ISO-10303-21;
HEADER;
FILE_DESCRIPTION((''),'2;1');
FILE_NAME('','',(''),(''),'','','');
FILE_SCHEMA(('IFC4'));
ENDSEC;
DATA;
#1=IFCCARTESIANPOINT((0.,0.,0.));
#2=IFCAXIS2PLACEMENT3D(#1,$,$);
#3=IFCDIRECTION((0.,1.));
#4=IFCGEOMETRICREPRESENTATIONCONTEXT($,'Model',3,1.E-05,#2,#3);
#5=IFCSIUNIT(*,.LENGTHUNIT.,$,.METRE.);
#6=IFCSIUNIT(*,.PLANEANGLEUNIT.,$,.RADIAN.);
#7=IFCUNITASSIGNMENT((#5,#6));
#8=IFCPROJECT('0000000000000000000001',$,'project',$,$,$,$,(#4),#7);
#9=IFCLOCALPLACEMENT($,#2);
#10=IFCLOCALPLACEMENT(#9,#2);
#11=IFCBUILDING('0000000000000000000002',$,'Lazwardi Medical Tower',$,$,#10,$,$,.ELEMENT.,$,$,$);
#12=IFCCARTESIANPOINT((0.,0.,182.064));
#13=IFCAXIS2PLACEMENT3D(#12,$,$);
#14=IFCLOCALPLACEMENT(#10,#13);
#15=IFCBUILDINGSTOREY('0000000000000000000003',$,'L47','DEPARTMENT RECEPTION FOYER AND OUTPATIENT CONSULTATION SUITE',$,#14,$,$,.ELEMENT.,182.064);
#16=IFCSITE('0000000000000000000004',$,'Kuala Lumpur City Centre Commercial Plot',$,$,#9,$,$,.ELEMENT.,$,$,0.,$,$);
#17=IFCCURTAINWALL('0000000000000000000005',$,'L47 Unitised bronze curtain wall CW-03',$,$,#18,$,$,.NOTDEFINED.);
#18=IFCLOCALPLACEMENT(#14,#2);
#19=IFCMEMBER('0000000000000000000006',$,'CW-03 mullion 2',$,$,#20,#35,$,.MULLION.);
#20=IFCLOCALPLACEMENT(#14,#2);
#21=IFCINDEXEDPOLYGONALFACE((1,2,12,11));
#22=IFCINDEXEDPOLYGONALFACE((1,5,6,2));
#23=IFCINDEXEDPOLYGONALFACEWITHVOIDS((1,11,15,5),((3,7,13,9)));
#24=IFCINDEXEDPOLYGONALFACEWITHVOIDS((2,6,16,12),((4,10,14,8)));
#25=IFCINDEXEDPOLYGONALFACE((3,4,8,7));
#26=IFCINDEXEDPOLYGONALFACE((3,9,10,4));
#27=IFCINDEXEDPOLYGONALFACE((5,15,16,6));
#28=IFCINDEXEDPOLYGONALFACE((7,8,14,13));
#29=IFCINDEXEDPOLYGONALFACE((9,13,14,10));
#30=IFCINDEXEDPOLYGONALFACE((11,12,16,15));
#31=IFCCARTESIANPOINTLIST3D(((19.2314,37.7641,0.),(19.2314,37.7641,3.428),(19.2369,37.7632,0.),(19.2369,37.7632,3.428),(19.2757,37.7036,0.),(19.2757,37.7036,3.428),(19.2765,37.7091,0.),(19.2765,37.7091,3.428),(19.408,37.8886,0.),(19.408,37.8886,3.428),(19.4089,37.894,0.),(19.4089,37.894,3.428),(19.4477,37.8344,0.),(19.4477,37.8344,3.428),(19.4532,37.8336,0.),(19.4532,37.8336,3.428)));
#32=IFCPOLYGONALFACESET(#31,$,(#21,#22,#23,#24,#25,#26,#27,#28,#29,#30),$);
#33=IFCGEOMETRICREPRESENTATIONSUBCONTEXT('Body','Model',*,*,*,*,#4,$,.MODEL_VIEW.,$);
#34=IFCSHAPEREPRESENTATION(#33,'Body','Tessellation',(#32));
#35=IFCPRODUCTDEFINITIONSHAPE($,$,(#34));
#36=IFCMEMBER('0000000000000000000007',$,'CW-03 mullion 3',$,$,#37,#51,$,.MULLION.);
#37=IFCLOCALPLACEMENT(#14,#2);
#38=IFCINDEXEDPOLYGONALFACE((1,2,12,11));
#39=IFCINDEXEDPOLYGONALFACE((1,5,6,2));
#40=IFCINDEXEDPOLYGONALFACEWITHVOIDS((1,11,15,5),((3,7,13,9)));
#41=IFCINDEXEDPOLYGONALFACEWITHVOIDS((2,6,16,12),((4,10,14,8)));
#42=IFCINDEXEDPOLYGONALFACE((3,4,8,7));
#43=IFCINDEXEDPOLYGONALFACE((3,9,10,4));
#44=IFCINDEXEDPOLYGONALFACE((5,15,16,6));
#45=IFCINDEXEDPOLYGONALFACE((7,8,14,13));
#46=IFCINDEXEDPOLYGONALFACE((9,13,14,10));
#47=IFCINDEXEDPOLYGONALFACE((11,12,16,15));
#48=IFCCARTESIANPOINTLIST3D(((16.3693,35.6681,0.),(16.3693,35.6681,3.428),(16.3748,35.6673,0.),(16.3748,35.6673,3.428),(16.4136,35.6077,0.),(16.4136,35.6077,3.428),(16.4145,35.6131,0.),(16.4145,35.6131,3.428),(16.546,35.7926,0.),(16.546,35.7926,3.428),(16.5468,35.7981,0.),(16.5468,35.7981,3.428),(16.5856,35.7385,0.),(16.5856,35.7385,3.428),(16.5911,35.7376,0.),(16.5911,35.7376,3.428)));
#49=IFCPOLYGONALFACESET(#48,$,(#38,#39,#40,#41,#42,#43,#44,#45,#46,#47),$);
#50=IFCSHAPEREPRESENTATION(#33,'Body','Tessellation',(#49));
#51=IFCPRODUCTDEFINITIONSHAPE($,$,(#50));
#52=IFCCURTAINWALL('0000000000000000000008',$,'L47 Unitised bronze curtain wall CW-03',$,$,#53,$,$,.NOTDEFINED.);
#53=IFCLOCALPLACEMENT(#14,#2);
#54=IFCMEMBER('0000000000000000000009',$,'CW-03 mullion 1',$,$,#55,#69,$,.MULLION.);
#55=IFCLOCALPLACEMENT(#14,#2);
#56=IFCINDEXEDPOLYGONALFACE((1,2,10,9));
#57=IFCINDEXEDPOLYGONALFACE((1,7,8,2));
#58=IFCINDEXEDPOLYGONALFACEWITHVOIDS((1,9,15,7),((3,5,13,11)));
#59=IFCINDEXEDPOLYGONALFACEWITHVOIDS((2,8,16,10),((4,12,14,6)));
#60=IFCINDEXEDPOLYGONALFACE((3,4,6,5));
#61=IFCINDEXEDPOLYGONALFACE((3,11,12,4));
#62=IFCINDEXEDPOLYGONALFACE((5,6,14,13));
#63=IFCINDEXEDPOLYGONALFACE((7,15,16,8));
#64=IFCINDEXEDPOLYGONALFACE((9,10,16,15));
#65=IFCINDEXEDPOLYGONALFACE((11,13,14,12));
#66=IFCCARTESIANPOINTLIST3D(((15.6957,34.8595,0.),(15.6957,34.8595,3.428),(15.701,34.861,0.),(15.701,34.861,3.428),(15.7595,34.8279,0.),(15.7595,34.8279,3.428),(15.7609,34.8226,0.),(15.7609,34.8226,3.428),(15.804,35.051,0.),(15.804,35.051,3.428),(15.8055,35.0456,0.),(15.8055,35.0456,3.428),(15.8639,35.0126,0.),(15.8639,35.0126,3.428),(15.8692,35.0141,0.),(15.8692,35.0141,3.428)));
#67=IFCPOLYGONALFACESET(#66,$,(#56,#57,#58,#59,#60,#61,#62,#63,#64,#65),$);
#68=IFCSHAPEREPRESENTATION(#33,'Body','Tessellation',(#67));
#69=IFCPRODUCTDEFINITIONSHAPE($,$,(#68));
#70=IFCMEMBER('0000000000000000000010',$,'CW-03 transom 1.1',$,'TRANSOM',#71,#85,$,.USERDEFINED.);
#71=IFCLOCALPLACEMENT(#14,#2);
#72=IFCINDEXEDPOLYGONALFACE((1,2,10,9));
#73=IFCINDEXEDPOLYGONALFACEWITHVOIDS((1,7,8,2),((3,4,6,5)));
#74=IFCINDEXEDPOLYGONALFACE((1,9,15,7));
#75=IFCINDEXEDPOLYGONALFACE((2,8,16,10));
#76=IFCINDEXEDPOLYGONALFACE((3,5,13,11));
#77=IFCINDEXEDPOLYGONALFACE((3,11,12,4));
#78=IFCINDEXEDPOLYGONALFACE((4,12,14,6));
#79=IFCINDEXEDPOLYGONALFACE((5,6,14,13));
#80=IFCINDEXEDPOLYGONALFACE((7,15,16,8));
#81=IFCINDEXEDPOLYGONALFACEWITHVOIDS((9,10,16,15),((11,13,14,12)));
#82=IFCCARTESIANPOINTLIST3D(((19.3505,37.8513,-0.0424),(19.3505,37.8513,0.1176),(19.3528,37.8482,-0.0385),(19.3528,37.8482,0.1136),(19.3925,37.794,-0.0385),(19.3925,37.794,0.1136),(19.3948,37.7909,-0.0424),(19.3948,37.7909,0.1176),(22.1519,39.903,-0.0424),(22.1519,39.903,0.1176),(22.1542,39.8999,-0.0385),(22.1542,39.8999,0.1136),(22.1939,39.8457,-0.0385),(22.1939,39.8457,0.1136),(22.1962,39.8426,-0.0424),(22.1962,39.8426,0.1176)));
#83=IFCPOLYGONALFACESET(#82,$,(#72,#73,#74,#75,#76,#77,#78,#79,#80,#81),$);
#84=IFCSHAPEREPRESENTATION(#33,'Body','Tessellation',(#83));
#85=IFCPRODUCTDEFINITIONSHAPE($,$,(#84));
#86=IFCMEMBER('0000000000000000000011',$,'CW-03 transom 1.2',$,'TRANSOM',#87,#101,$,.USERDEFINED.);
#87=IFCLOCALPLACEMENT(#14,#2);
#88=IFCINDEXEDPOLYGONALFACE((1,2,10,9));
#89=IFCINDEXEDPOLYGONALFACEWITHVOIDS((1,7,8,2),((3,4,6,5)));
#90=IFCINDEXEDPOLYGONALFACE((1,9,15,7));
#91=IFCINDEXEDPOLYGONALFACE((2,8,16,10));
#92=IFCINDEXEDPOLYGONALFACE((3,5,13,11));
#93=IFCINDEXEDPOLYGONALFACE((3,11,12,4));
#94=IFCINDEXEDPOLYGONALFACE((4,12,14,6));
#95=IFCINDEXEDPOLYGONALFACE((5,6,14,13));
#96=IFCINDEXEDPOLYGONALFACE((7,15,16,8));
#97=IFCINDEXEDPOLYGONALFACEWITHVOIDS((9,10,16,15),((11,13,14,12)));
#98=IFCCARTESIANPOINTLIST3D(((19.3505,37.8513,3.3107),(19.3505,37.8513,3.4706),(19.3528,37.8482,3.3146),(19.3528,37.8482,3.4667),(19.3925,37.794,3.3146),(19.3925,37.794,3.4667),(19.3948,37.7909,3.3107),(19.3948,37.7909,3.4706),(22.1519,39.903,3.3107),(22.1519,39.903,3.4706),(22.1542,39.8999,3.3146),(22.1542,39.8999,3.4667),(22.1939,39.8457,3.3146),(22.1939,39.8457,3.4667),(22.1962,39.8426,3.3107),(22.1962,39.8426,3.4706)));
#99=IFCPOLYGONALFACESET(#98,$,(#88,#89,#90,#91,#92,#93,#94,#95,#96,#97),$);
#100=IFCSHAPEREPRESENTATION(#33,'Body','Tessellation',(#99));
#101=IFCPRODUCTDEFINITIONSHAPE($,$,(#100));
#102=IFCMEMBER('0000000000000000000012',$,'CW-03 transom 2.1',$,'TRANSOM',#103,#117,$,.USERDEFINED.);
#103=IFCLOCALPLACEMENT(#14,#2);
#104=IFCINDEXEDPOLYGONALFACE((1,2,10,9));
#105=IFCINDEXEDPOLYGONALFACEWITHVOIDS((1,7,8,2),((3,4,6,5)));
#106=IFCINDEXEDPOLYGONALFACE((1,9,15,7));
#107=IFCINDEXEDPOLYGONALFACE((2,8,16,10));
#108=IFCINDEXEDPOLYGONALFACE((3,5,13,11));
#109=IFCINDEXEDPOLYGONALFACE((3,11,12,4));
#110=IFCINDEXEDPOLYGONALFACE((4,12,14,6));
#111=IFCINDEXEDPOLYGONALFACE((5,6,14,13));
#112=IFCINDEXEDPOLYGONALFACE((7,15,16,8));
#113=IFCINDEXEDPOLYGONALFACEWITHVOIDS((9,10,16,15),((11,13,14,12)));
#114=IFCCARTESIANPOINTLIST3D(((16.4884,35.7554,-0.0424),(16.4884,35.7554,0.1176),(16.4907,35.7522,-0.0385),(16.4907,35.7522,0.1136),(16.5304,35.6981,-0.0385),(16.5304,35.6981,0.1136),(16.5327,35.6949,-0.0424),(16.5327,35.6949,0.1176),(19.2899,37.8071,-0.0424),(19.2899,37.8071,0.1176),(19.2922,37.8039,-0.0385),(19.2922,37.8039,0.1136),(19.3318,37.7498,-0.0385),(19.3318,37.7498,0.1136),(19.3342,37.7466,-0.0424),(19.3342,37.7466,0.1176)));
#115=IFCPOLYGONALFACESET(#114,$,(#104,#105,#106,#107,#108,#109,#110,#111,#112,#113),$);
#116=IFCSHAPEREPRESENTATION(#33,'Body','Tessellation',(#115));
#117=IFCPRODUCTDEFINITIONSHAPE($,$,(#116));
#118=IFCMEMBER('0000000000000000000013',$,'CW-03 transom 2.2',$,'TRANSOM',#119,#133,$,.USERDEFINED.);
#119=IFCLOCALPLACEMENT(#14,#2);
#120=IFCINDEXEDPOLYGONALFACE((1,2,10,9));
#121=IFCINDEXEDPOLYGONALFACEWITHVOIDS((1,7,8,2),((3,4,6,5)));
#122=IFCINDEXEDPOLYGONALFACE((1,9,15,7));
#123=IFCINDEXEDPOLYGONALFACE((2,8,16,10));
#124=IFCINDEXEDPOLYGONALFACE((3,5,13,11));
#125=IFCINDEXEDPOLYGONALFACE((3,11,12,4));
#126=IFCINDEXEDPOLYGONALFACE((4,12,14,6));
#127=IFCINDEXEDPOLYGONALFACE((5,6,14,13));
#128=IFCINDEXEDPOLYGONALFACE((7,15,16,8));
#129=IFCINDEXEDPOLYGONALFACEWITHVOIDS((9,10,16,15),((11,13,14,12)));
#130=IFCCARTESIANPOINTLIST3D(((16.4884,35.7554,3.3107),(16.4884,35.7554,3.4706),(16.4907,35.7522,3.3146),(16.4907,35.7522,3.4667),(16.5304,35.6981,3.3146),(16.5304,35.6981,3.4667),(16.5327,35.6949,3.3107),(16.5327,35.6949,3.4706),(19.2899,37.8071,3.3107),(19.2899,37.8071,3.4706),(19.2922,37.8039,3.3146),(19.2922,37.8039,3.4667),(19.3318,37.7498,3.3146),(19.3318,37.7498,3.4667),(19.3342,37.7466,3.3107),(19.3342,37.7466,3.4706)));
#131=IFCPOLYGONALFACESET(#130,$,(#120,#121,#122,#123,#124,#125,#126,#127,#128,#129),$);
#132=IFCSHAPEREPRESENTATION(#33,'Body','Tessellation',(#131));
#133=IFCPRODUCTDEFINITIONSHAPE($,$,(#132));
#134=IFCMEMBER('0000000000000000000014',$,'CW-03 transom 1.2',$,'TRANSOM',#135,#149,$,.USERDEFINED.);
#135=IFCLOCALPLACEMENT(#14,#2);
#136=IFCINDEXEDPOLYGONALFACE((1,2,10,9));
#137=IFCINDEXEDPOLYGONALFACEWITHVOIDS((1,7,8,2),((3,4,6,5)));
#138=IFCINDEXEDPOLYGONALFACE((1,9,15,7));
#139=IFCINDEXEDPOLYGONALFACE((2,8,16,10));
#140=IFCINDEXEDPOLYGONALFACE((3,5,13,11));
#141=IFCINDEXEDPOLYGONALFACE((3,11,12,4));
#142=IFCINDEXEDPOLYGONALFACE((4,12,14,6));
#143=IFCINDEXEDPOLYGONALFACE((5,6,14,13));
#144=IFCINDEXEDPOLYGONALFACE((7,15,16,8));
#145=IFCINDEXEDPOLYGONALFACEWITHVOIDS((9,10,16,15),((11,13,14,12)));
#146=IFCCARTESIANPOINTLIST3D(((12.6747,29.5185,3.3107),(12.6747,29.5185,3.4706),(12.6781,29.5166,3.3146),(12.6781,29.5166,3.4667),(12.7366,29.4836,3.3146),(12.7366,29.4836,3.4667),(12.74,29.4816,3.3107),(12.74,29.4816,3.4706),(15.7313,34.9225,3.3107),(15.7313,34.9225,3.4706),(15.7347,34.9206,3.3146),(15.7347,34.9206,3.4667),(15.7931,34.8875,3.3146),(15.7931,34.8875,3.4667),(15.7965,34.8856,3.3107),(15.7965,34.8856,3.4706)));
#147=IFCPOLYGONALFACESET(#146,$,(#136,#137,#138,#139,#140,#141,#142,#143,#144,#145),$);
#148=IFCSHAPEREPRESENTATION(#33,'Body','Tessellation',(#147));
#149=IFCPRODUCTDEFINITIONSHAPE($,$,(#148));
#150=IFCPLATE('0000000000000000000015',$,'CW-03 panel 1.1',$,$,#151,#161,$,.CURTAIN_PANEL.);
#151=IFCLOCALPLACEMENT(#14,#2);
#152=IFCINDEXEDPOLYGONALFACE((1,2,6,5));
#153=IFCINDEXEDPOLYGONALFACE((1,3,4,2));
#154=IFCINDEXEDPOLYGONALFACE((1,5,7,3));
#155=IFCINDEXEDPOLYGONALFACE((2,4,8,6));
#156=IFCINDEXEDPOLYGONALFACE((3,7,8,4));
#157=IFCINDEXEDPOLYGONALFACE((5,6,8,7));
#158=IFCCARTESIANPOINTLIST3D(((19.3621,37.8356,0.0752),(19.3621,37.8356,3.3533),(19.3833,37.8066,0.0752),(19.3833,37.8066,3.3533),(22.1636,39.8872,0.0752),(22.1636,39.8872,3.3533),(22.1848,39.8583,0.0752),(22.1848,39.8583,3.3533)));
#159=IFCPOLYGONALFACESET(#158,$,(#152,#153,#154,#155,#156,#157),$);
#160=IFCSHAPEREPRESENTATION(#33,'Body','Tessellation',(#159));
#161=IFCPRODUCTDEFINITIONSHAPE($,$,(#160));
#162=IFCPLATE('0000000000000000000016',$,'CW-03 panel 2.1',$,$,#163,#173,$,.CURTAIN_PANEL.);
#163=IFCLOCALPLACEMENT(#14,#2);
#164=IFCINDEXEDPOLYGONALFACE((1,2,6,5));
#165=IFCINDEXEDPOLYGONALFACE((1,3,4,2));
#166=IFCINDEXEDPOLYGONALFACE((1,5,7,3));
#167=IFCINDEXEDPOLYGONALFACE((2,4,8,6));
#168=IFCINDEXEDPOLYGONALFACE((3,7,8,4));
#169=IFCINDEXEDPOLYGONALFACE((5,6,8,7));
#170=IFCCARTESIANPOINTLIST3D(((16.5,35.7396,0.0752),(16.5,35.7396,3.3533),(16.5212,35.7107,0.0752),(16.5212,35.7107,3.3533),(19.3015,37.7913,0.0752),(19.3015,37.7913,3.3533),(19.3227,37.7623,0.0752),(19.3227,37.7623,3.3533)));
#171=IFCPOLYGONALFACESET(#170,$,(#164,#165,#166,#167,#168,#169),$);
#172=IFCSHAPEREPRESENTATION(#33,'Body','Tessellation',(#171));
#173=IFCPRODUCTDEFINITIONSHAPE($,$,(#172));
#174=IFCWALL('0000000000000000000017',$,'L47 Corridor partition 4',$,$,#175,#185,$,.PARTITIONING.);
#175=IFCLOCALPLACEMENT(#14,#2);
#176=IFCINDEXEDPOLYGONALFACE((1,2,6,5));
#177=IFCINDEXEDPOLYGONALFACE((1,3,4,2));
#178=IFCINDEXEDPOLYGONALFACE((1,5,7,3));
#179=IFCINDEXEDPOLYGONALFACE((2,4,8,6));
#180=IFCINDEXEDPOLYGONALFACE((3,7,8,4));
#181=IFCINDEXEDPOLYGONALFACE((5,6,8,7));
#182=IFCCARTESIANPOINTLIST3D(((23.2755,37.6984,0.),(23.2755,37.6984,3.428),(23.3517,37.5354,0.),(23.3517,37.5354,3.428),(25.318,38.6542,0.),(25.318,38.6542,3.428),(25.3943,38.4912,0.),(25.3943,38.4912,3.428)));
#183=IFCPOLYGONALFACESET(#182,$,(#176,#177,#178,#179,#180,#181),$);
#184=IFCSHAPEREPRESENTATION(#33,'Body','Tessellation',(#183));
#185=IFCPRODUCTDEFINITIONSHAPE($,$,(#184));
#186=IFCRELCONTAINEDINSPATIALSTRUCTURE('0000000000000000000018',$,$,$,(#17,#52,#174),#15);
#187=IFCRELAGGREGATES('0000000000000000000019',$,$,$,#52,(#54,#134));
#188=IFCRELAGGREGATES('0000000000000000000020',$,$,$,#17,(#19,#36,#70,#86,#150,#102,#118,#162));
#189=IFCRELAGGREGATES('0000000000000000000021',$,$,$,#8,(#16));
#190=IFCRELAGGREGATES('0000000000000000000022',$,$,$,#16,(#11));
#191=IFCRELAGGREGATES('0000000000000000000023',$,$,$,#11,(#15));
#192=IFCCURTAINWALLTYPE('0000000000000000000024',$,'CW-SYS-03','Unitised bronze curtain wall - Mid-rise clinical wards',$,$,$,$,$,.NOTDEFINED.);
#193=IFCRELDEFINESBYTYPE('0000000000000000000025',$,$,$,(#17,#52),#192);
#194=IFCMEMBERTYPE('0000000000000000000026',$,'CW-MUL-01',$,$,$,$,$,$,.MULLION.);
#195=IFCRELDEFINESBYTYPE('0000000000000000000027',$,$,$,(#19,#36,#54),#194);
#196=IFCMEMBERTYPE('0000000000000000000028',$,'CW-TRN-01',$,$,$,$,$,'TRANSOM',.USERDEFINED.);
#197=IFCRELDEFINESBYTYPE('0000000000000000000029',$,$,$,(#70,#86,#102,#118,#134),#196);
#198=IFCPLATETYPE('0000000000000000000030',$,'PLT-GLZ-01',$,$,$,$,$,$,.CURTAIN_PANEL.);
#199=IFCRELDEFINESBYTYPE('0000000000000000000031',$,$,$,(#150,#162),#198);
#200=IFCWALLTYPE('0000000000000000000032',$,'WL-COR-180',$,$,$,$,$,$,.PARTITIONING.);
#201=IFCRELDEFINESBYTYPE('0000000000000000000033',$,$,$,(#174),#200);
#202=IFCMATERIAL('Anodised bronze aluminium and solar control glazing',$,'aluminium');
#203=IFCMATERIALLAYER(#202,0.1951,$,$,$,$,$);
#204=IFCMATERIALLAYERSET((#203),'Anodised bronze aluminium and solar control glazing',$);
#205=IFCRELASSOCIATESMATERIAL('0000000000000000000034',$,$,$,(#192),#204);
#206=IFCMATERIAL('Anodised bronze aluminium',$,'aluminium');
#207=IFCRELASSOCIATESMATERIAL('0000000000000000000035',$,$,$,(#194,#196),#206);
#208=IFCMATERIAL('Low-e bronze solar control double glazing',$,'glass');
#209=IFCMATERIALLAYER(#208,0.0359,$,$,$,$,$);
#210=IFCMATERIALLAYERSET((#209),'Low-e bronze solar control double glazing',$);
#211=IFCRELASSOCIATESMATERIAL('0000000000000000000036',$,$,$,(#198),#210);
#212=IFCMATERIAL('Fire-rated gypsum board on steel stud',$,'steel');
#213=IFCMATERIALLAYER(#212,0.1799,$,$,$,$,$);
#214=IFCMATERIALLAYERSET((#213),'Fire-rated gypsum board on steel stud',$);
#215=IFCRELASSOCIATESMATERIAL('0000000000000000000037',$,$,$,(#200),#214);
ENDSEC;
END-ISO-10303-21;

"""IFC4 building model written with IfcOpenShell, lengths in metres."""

from ifc_helpers import new_model, si_unit, direction, frame, frame_2d, origin, origin_2d, place, context, subcontext, project, spatial, rectangle, hollow_rectangle, extrude, material, layer, layer_set, material_profile, profile_set, type_object, element, aggregate, save


model = new_model("IFC4")

# Units and contexts
model_context = context("Model", 3, precision=1e-05, world=origin(), true_north=direction((0.0, 1.0)))
body_context = subcontext(model_context, "Body", "Model", "MODEL_VIEW")
ifc_project = project(units=[si_unit("LENGTHUNIT", "METRE"), si_unit("PLANEANGLEUNIT", "RADIAN")], contexts=[model_context])

# Site, building, storey
site_placement = place(None, origin())
site = spatial("IfcSite", under=ifc_project, at=site_placement, Name="Kuala Lumpur City Centre Commercial Plot", CompositionType="ELEMENT", RefElevation=0.0)
building_placement = place(site_placement, origin())
building = spatial("IfcBuilding", under=site, at=building_placement, Name="Lazwardi Medical Tower", CompositionType="ELEMENT")
storey_placement = place(building_placement, frame((0.0, 0.0, 182.064)))
storey = spatial("IfcBuildingStorey", under=building, at=storey_placement, Name="L47", Description="DEPARTMENT RECEPTION FOYER AND OUTPATIENT CONSULTATION SUITE", CompositionType="ELEMENT", Elevation=182.064)

# Shared definitions
ifc_material_1 = material(Name="Anodised bronze aluminium and solar control glazing", Category="aluminium")
ifc_layer_1 = layer(ifc_material_1, 0.1951)
ifc_layer_set_1 = layer_set([ifc_layer_1], Name="Anodised bronze aluminium and solar control glazing")
curtain_wall_type = type_object("IfcCurtainWallType", Name="CW-SYS-03", Description="Unitised bronze curtain wall - Mid-rise clinical wards", PredefinedType="NOTDEFINED", material=ifc_layer_set_1)
ifc_material_2 = material(Name="Anodised bronze aluminium", Category="aluminium")
ifc_material_profile_1 = material_profile(ifc_material_2, hollow_rectangle(XDim=0.075, YDim=0.22, WallThickness=0.0039, at=origin_2d()), Name="ALU-MULLION 220x75x4")
ifc_profile_set_1 = profile_set([ifc_material_profile_1], Name="Anodised bronze aluminium")
member_type_1 = type_object("IfcMemberType", Name="CW-MUL-01", PredefinedType="MULLION", material=ifc_profile_set_1)

# Curtain wall, members
curtain_wall_1_placement = place(storey_placement, origin())
curtain_wall_1 = element("IfcCurtainWall", 1, at=curtain_wall_1_placement, inside=storey, type_object=curtain_wall_type, Name="L47 Unitised bronze curtain wall CW-03", PredefinedType="NOTDEFINED")
member_1_placement = place(storey_placement, frame((19.3423, 37.7988, 0.0), z_axis=(0.0, 0.0, 1.0), x_axis=(0.590834, -0.806793, 0.0)))
member_1 = element("IfcMember", 2, at=member_1_placement, type_object=member_type_1, Name="CW-03 mullion 2", PredefinedType="MULLION", context=body_context, shape_type="SweptSolid", body=[
    extrude(hollow_rectangle(XDim=0.075, YDim=0.22, WallThickness=0.0039, at=origin_2d()), origin(), (0.0, 0.0, 1.0), 3.428),
])
member_2_placement = place(storey_placement, frame((16.4802, 35.7029, 0.0), z_axis=(0.0, 0.0, 1.0), x_axis=(0.590834, -0.806793, 0.0)))
member_2 = element("IfcMember", 3, at=member_2_placement, type_object=member_type_1, Name="CW-03 mullion 3", PredefinedType="MULLION", context=body_context, shape_type="SweptSolid", body=[
    extrude(hollow_rectangle(XDim=0.075, YDim=0.22, WallThickness=0.0039, at=origin_2d()), origin(), (0.0, 0.0, 1.0), 3.428),
])

# Curtain wall, member
curtain_wall_2_placement = place(storey_placement, origin())
curtain_wall_2 = element("IfcCurtainWall", 4, at=curtain_wall_2_placement, inside=storey, type_object=curtain_wall_type, Name="L47 Unitised bronze curtain wall CW-03", PredefinedType="NOTDEFINED")
member_3_placement = place(storey_placement, frame((15.7825, 34.9368, 0.0), z_axis=(0.0, 0.0, 1.0), x_axis=(0.870419, -0.492312, 0.0)))
member_3 = element("IfcMember", 5, at=member_3_placement, type_object=member_type_1, Name="CW-03 mullion 1", PredefinedType="MULLION", context=body_context, shape_type="SweptSolid", body=[
    extrude(hollow_rectangle(XDim=0.075, YDim=0.22, WallThickness=0.0039, at=origin_2d()), origin(), (0.0, 0.0, 1.0), 3.428),
])

# Members
ifc_material_profile_2 = material_profile(ifc_material_2, hollow_rectangle(XDim=0.075, YDim=0.1599, WallThickness=0.0039, at=origin_2d()), Name="ALU-TRANSOM 160x75x4")
ifc_profile_set_2 = profile_set([ifc_material_profile_2], Name="Anodised bronze aluminium")
member_type_2 = type_object("IfcMemberType", Name="CW-TRN-01", ElementType="TRANSOM", PredefinedType="USERDEFINED", material=ifc_profile_set_2)
member_4_placement = place(storey_placement, frame((22.1741, 39.8728, 0.0376), z_axis=(-0.806774, -0.590861, 0.0), x_axis=(0.590861, -0.806774, 0.0)))
member_4 = element("IfcMember", 6, at=member_4_placement, type_object=member_type_2, Name="CW-03 transom 1.1", ObjectType="TRANSOM", PredefinedType="USERDEFINED", context=body_context, shape_type="SweptSolid", body=[
    extrude(hollow_rectangle(XDim=0.075, YDim=0.1599, WallThickness=0.0039, at=origin_2d()), origin(), (0.0, 0.0, 1.0), 3.4724),
])
member_5_placement = place(storey_placement, frame((22.1741, 39.8728, 3.3906), z_axis=(-0.806774, -0.590861, 0.0), x_axis=(0.590861, -0.806774, 0.0)))
member_5 = element("IfcMember", 7, at=member_5_placement, type_object=member_type_2, Name="CW-03 transom 1.2", ObjectType="TRANSOM", PredefinedType="USERDEFINED", context=body_context, shape_type="SweptSolid", body=[
    extrude(hollow_rectangle(XDim=0.075, YDim=0.1599, WallThickness=0.0039, at=origin_2d()), origin(), (0.0, 0.0, 1.0), 3.4724),
])
member_6_placement = place(storey_placement, frame((19.312, 37.7769, 0.0376), z_axis=(-0.806774, -0.590861, 0.0), x_axis=(0.590861, -0.806774, 0.0)))
member_6 = element("IfcMember", 8, at=member_6_placement, type_object=member_type_2, Name="CW-03 transom 2.1", ObjectType="TRANSOM", PredefinedType="USERDEFINED", context=body_context, shape_type="SweptSolid", body=[
    extrude(hollow_rectangle(XDim=0.075, YDim=0.1599, WallThickness=0.0039, at=origin_2d()), origin(), (0.0, 0.0, 1.0), 3.4724),
])
member_7_placement = place(storey_placement, frame((19.312, 37.7769, 3.3906), z_axis=(-0.806774, -0.590861, 0.0), x_axis=(0.590861, -0.806774, 0.0)))
member_7 = element("IfcMember", 9, at=member_7_placement, type_object=member_type_2, Name="CW-03 transom 2.2", ObjectType="TRANSOM", PredefinedType="USERDEFINED", context=body_context, shape_type="SweptSolid", body=[
    extrude(hollow_rectangle(XDim=0.075, YDim=0.1599, WallThickness=0.0039, at=origin_2d()), origin(), (0.0, 0.0, 1.0), 3.4724),
])
member_8_placement = place(storey_placement, frame((15.7639, 34.9041, 3.3906), z_axis=(-0.492323, -0.870413, 0.0), x_axis=(0.870413, -0.492323, 0.0)))
member_8 = element("IfcMember", 10, at=member_8_placement, type_object=member_type_2, Name="CW-03 transom 1.2", ObjectType="TRANSOM", PredefinedType="USERDEFINED", context=body_context, shape_type="SweptSolid", body=[
    extrude(hollow_rectangle(XDim=0.075, YDim=0.1599, WallThickness=0.0039, at=origin_2d()), origin(), (0.0, 0.0, 1.0), 6.2085),
])
aggregate(curtain_wall_2, [member_3, member_8])

# Plates
ifc_material_3 = material(Name="Low-e bronze solar control double glazing", Category="glass")
ifc_layer_2 = layer(ifc_material_3, 0.0359)
ifc_layer_set_2 = layer_set([ifc_layer_2], Name="Low-e bronze solar control double glazing")
plate_type = type_object("IfcPlateType", Name="PLT-GLZ-01", PredefinedType="CURTAIN_PANEL", material=ifc_layer_set_2)
plate_1_placement = place(storey_placement, frame((20.7734, 38.8469, 0.0752), z_axis=(0.0, 0.0, 1.0), x_axis=(-0.806793, -0.590834, 0.0)))
plate_1 = element("IfcPlate", 11, at=plate_1_placement, type_object=plate_type, Name="CW-03 panel 1.1", PredefinedType="CURTAIN_PANEL", context=body_context, shape_type="SweptSolid", body=[
    extrude(rectangle(XDim=3.4724, YDim=0.0359, at=origin_2d()), origin(), (0.0, 0.0, 1.0), 3.2781),
])
plate_2_placement = place(storey_placement, frame((17.9114, 36.751, 0.0752), z_axis=(0.0, 0.0, 1.0), x_axis=(-0.806793, -0.590834, 0.0)))
plate_2 = element("IfcPlate", 12, at=plate_2_placement, type_object=plate_type, Name="CW-03 panel 2.1", PredefinedType="CURTAIN_PANEL", context=body_context, shape_type="SweptSolid", body=[
    extrude(rectangle(XDim=3.4724, YDim=0.0359, at=origin_2d()), origin(), (0.0, 0.0, 1.0), 3.2781),
])
aggregate(curtain_wall_1, [member_1, member_2, member_4, member_5, plate_1, member_6, member_7, plate_2])

# Wall
ifc_material_4 = material(Name="Fire-rated gypsum board on steel stud", Category="steel")
ifc_layer_3 = layer(ifc_material_4, 0.1799)
ifc_layer_set_3 = layer_set([ifc_layer_3], Name="Fire-rated gypsum board on steel stud")
wall_type_1 = type_object("IfcWallType", Name="WL-COR-180", PredefinedType="PARTITIONING", material=ifc_layer_set_3)
wall_1_placement = place(storey_placement, frame((23.3137, 37.6169, 0.0), z_axis=(0.0, 0.0, 1.0), x_axis=(0.905732, 0.423851, 0.0)))
element("IfcWall", 13, at=wall_1_placement, inside=storey, type_object=wall_type_1, Name="L47 Corridor partition 4", PredefinedType="PARTITIONING", context=body_context, shape_type="SweptSolid", body=[
    extrude(rectangle(XDim=2.2551, YDim=0.1799, at=frame_2d((1.1274, 0.0))), origin(), (0.0, 0.0, 1.0), 3.428),
])

save(model, "model.ifc")
